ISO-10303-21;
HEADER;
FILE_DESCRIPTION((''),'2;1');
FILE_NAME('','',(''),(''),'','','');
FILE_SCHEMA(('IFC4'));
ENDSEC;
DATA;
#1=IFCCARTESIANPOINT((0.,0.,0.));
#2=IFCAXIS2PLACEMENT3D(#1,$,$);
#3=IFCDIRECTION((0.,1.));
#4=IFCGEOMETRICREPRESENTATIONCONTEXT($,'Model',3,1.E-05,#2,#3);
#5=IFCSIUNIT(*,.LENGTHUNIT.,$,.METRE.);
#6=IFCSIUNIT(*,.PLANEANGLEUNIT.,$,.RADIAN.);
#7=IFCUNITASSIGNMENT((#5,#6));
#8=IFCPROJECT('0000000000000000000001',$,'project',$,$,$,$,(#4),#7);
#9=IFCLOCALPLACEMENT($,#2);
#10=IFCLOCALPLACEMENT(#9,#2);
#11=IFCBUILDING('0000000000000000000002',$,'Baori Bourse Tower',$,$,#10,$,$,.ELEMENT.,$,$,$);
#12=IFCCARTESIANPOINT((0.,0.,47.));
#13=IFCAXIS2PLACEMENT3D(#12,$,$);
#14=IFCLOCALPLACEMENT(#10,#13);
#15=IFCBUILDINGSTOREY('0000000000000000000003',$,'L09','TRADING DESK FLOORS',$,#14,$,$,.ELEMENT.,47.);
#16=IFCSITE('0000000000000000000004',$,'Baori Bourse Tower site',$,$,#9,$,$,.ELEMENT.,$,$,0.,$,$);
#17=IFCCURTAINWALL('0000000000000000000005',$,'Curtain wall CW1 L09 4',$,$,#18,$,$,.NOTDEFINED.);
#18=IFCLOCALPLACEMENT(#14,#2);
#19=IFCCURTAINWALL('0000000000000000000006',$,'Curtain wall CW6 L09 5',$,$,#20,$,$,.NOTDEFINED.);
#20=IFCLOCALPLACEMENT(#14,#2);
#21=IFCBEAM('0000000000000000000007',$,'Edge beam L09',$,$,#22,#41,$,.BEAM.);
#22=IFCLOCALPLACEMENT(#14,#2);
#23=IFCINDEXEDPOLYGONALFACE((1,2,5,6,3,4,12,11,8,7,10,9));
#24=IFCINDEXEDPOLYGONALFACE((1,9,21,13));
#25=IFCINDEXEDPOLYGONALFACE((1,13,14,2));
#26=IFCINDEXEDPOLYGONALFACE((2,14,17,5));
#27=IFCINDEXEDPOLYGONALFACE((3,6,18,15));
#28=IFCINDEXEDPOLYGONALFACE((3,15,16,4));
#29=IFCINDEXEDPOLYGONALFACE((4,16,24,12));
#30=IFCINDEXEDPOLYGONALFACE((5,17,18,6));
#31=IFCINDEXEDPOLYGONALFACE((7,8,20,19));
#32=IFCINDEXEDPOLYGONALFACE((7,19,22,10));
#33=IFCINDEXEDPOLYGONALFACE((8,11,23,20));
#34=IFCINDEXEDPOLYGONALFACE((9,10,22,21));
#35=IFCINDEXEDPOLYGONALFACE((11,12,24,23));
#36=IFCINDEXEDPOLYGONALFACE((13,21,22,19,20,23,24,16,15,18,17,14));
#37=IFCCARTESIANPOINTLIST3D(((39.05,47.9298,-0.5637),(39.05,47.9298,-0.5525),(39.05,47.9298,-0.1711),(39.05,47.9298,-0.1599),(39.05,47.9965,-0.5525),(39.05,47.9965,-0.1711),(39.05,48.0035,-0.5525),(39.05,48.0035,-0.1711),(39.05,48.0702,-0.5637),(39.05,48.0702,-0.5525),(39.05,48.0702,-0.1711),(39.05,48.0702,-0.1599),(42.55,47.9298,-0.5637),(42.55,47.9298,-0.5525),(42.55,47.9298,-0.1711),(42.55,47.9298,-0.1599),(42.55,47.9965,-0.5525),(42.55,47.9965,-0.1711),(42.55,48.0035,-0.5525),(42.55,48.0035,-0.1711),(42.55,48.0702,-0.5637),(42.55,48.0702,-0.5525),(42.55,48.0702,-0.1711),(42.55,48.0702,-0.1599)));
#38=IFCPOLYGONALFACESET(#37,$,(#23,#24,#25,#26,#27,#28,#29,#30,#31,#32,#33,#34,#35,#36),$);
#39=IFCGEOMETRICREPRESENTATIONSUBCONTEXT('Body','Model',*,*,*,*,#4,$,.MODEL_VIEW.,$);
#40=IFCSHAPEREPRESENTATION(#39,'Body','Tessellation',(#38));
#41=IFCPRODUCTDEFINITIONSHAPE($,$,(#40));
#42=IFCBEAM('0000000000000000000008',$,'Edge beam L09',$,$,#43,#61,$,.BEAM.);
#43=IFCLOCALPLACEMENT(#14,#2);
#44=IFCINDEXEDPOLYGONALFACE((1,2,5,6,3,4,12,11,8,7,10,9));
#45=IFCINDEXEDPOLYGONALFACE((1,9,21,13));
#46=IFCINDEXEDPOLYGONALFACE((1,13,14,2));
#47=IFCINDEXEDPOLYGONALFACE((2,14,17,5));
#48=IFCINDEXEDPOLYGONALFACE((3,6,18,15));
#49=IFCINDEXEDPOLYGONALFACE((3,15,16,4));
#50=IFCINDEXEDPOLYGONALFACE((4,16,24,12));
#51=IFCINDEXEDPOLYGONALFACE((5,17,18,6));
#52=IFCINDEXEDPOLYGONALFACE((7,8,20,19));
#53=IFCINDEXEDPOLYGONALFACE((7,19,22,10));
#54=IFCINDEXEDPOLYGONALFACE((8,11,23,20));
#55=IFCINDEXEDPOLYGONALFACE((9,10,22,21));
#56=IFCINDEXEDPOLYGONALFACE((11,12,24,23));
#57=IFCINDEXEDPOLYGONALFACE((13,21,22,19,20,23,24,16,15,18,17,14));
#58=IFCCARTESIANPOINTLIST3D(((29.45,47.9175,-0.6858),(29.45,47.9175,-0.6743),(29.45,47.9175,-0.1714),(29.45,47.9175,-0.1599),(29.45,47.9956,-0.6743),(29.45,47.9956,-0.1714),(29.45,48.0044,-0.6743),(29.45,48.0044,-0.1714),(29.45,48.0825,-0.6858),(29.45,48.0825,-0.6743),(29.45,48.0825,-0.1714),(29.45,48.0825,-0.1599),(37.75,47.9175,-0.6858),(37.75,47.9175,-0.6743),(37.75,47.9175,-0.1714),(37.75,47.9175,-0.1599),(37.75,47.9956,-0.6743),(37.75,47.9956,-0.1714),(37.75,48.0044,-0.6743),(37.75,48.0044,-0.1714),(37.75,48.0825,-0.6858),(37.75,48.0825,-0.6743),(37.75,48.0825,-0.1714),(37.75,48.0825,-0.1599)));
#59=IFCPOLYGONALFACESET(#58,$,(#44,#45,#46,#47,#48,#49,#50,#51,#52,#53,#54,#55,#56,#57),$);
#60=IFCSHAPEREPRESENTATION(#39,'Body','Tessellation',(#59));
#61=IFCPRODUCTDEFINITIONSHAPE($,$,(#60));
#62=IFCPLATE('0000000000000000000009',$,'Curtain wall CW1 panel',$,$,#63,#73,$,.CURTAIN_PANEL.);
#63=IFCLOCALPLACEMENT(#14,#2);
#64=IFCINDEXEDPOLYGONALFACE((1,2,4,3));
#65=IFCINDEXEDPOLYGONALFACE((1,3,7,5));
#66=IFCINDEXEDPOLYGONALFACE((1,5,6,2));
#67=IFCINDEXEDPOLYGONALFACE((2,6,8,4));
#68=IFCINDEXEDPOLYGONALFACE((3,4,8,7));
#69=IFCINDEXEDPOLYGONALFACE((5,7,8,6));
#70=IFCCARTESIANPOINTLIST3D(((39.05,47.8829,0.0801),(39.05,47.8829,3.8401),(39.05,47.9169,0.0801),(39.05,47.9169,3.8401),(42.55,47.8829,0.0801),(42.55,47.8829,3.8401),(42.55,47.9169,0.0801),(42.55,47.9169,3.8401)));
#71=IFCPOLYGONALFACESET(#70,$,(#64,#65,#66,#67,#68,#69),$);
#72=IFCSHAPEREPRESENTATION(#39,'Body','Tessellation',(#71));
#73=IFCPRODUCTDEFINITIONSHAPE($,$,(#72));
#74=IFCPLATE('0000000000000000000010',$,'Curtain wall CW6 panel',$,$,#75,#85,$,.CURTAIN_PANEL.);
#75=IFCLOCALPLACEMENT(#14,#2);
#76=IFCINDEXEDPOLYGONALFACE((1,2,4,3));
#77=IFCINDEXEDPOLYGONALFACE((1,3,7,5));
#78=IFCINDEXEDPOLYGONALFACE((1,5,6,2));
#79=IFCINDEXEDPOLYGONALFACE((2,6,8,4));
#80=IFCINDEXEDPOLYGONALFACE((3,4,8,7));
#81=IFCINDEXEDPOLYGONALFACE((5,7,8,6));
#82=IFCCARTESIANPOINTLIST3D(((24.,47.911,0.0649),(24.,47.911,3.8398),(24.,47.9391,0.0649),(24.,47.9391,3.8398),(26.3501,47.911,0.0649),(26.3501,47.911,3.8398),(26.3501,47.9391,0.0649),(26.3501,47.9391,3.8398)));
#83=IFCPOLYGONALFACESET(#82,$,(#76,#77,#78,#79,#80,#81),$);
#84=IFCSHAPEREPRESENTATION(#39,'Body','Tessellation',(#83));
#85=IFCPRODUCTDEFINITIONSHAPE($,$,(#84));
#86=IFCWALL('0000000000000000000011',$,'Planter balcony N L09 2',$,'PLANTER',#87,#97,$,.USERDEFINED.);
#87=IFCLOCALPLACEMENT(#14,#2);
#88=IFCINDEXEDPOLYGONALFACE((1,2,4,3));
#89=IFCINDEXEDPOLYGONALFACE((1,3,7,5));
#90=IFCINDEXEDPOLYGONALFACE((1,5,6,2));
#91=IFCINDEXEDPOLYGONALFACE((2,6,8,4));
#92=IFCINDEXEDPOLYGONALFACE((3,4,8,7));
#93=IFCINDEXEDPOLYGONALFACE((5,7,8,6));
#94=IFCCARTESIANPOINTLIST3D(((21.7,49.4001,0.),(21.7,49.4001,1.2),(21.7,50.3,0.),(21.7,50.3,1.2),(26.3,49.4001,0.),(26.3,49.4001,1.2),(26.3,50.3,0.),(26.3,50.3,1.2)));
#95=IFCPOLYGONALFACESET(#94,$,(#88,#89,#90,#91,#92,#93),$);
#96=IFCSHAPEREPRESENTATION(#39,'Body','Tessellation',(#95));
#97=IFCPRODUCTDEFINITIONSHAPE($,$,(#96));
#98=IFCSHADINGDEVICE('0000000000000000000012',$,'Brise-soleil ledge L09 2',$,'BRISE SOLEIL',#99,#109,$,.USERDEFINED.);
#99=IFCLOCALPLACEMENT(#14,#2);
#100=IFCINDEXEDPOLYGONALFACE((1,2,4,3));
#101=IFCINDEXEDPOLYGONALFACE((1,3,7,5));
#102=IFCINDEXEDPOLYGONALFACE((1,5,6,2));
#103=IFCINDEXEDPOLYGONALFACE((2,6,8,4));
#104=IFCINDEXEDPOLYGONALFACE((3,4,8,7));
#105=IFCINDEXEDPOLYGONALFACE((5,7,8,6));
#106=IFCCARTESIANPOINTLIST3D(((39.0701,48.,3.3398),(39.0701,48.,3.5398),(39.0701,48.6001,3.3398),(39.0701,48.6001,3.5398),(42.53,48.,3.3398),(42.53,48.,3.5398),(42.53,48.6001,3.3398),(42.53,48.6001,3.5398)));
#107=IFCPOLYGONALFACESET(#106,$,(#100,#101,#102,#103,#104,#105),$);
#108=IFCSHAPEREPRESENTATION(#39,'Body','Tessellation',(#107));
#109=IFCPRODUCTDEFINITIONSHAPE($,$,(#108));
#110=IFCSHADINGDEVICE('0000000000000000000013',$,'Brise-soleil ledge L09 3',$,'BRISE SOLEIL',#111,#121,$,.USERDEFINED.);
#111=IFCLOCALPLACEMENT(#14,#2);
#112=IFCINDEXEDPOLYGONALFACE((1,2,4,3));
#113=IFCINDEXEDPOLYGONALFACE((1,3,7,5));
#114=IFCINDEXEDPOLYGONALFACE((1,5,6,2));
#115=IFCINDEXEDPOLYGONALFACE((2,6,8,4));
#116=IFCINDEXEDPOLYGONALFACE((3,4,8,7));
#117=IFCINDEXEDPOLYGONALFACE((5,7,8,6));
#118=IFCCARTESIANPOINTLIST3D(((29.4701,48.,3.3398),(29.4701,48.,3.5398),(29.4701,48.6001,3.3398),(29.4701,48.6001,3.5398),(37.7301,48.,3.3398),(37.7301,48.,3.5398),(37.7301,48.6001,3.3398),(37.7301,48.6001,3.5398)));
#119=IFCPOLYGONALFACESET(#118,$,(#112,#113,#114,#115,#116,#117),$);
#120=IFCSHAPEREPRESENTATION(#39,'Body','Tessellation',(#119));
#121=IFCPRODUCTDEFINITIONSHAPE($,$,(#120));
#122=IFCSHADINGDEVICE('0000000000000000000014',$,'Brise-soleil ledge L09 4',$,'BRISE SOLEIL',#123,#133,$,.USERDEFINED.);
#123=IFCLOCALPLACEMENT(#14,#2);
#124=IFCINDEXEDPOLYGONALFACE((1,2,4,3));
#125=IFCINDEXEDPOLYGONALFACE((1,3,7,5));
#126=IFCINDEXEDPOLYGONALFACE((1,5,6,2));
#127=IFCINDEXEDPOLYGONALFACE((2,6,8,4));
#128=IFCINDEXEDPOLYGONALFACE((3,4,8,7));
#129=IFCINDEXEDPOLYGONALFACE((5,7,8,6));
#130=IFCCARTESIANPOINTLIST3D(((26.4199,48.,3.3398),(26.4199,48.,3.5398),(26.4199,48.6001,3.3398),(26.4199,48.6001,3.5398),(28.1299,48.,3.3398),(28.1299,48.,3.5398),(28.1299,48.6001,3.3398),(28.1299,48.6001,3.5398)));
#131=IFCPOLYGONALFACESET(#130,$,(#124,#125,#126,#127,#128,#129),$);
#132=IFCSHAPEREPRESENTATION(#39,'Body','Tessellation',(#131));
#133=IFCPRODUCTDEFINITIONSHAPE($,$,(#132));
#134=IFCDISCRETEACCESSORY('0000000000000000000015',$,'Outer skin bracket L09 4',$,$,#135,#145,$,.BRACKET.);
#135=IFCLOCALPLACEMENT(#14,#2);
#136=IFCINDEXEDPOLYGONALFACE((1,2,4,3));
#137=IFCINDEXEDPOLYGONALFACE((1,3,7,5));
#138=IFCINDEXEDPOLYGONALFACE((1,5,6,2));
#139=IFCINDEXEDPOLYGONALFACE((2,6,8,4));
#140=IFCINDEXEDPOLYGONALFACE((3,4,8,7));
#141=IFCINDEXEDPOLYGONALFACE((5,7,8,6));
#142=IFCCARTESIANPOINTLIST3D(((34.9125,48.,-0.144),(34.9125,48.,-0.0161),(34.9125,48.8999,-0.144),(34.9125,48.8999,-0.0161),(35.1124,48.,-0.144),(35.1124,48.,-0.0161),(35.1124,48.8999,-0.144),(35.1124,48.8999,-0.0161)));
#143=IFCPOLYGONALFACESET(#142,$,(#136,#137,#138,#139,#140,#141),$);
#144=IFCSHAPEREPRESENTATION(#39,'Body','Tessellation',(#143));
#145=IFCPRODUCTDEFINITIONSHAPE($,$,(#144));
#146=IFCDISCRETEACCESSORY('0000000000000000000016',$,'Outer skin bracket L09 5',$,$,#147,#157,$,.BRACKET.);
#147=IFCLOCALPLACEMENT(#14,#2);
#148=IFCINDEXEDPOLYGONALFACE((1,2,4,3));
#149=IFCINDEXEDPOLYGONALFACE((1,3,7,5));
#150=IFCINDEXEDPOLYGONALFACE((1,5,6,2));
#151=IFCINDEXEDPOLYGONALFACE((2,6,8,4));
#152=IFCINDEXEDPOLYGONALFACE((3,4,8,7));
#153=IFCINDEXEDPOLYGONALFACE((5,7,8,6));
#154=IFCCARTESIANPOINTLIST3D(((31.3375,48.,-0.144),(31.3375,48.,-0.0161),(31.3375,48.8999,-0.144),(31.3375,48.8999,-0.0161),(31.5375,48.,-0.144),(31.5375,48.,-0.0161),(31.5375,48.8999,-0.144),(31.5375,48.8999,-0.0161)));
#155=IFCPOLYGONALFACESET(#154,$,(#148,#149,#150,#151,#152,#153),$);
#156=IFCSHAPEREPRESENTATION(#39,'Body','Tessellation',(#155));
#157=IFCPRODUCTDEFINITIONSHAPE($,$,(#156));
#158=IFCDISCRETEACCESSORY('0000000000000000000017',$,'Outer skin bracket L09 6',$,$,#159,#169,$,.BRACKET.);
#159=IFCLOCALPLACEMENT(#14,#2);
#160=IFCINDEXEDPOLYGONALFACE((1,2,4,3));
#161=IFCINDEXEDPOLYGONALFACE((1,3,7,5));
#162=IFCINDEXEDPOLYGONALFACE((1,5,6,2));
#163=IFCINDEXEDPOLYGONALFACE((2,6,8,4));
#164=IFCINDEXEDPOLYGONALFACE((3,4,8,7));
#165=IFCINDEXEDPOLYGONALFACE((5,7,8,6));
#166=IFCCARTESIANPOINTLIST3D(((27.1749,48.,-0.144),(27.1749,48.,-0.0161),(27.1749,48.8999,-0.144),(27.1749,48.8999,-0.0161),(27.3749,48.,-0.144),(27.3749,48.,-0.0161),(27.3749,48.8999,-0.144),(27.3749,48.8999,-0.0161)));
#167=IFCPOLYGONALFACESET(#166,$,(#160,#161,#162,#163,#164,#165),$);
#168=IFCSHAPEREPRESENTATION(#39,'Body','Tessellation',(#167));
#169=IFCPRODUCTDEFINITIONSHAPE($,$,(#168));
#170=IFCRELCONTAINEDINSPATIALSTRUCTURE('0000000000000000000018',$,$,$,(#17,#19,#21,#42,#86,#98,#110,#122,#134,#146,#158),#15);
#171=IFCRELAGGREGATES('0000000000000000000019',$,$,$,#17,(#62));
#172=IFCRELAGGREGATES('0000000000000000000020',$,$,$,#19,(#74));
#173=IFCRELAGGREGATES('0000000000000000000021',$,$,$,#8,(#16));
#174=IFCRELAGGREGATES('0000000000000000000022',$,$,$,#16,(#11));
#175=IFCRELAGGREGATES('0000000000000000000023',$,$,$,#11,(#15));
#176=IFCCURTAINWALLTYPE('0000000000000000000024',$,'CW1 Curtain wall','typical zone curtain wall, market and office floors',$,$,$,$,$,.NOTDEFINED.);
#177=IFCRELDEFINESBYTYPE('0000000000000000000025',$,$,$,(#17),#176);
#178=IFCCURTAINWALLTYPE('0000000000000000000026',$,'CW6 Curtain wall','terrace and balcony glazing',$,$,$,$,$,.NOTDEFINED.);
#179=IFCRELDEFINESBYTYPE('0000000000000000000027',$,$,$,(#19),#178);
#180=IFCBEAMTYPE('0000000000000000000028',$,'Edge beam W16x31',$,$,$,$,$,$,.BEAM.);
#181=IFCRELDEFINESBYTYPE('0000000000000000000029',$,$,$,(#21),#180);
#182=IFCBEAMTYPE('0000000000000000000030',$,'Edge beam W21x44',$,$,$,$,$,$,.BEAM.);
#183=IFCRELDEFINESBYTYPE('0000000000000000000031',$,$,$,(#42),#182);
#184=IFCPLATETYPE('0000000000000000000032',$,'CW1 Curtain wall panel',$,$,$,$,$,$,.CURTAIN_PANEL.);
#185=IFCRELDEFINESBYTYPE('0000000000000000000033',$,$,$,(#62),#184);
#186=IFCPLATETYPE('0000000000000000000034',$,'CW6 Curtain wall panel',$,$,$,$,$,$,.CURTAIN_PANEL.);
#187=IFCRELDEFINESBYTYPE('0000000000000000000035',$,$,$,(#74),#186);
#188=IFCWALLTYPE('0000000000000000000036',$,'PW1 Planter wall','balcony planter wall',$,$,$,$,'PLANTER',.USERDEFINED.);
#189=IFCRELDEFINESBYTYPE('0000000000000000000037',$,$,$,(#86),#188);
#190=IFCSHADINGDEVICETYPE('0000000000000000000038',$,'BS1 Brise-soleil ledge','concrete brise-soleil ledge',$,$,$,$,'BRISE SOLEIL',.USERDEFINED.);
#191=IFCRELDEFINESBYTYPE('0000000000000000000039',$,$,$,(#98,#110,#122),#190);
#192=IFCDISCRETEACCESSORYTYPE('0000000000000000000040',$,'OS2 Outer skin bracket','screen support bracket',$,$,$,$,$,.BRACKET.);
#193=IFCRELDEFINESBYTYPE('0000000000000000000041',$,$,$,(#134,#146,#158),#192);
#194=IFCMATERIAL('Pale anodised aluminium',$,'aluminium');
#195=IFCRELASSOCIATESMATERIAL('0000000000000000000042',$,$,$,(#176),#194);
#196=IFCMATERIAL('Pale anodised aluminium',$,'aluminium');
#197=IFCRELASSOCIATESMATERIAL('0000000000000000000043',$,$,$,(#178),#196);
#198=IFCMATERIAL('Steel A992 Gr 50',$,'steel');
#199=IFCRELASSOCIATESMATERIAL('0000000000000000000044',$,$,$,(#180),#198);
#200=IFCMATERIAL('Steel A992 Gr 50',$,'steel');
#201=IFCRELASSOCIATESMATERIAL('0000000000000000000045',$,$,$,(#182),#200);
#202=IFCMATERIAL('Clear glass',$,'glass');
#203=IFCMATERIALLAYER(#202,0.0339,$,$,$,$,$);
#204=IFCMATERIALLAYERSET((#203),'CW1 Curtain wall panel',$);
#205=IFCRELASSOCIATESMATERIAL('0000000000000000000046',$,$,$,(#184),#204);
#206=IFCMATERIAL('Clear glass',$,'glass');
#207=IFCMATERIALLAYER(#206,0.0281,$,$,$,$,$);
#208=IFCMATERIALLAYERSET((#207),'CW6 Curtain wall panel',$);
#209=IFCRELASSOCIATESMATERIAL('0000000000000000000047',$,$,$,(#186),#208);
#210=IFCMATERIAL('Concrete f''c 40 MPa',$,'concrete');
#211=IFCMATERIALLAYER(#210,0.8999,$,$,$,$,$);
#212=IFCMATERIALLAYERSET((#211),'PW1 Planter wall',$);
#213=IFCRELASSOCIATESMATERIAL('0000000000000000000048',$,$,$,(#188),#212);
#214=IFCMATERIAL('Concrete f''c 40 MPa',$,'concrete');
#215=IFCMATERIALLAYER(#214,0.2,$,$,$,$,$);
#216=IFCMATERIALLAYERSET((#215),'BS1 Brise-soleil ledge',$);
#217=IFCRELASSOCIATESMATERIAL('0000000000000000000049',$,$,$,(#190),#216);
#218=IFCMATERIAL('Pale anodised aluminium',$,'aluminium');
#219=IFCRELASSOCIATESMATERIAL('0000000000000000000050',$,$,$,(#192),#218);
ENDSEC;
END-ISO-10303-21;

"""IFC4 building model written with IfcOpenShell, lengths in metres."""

from ifc_helpers import new_model, si_unit, direction, frame, frame_2d, origin, origin_2d, place, context, subcontext, project, spatial, rectangle, i_section, extrude, material, layer, layer_set, material_profile, profile_set, type_object, element, aggregate, save


model = new_model("IFC4")

# Units and contexts
model_context = context("Model", 3, precision=1e-05, world=origin(), true_north=direction((0.0, 1.0)))
body_context = subcontext(model_context, "Body", "Model", "MODEL_VIEW")
ifc_project = project(units=[si_unit("LENGTHUNIT", "METRE"), si_unit("PLANEANGLEUNIT", "RADIAN")], contexts=[model_context])

# Site, building, storey
site_placement = place(None, origin())
site = spatial("IfcSite", under=ifc_project, at=site_placement, Name="Baori Bourse Tower site", CompositionType="ELEMENT", RefElevation=0.0)
building_placement = place(site_placement, origin())
building = spatial("IfcBuilding", under=site, at=building_placement, Name="Baori Bourse Tower", CompositionType="ELEMENT")
storey_placement = place(building_placement, frame((0.0, 0.0, 47.0)))
storey = spatial("IfcBuildingStorey", under=building, at=storey_placement, Name="L09", Description="TRADING DESK FLOORS", CompositionType="ELEMENT", Elevation=47.0)

# Curtain wall
ifc_material_1 = material(Name="Pale anodised aluminium", Category="aluminium")
curtain_wall_type_1 = type_object("IfcCurtainWallType", Name="CW1 Curtain wall", Description="typical zone curtain wall, market and office floors", PredefinedType="NOTDEFINED", material=ifc_material_1)
curtain_wall_1_placement = place(storey_placement, origin())
curtain_wall_1 = element("IfcCurtainWall", 1, at=curtain_wall_1_placement, inside=storey, type_object=curtain_wall_type_1, Name="Curtain wall CW1 L09 4", PredefinedType="NOTDEFINED")

# Curtain wall
ifc_material_2 = material(Name="Pale anodised aluminium", Category="aluminium")
curtain_wall_type_2 = type_object("IfcCurtainWallType", Name="CW6 Curtain wall", Description="terrace and balcony glazing", PredefinedType="NOTDEFINED", material=ifc_material_2)
curtain_wall_2_placement = place(storey_placement, origin())
curtain_wall_2 = element("IfcCurtainWall", 2, at=curtain_wall_2_placement, inside=storey, type_object=curtain_wall_type_2, Name="Curtain wall CW6 L09 5", PredefinedType="NOTDEFINED")

# Beams
ifc_material_3 = material(Name="Steel A992 Gr 50", Category="steel")
ifc_material_profile_1 = material_profile(ifc_material_3, i_section(OverallWidth=0.1404, OverallDepth=0.4038, WebThickness=0.0071, FlangeThickness=0.0112, at=origin_2d()), Name="W16x31")
ifc_profile_set_1 = profile_set([ifc_material_profile_1], Name="Steel A992 Gr 50")
beam_type_1 = type_object("IfcBeamType", Name="Edge beam W16x31", PredefinedType="BEAM", material=ifc_profile_set_1)
beam_1_placement = place(storey_placement, frame((39.05, 48.0, -0.3618), z_axis=(1.0, 0.0, 0.0), x_axis=(0.0, 1.0, 0.0)))
element("IfcBeam", 3, at=beam_1_placement, inside=storey, type_object=beam_type_1, Name="Edge beam L09", PredefinedType="BEAM", context=body_context, shape_type="SweptSolid", body=[
    extrude(i_section(OverallWidth=0.1404, OverallDepth=0.4038, WebThickness=0.0071, FlangeThickness=0.0112, at=origin_2d()), origin(), (0.0, 0.0, 1.0), 3.5),
])
ifc_material_4 = material(Name="Steel A992 Gr 50", Category="steel")
ifc_material_profile_2 = material_profile(ifc_material_4, i_section(OverallWidth=0.165, OverallDepth=0.5259, WebThickness=0.0088, FlangeThickness=0.0115, at=origin_2d()), Name="W21x44")
ifc_profile_set_2 = profile_set([ifc_material_profile_2], Name="Steel A992 Gr 50")
beam_type_2 = type_object("IfcBeamType", Name="Edge beam W21x44", PredefinedType="BEAM", material=ifc_profile_set_2)
beam_2_placement = place(storey_placement, frame((29.45, 48.0, -0.4229), z_axis=(1.0, 0.0, 0.0), x_axis=(0.0, 1.0, 0.0)))
element("IfcBeam", 4, at=beam_2_placement, inside=storey, type_object=beam_type_2, Name="Edge beam L09", PredefinedType="BEAM", context=body_context, shape_type="SweptSolid", body=[
    extrude(i_section(OverallWidth=0.165, OverallDepth=0.5259, WebThickness=0.0088, FlangeThickness=0.0115, at=origin_2d()), origin(), (0.0, 0.0, 1.0), 8.3),
])

# Plates
ifc_material_5 = material(Name="Clear glass", Category="glass")
ifc_layer_1 = layer(ifc_material_5, 0.0339)
ifc_layer_set_1 = layer_set([ifc_layer_1], Name="CW1 Curtain wall panel")
plate_type_1 = type_object("IfcPlateType", Name="CW1 Curtain wall panel", PredefinedType="CURTAIN_PANEL", material=ifc_layer_set_1)
plate_1_placement = place(storey_placement, frame((40.8, 47.8999, 0.0801), z_axis=(0.0, 0.0, 1.0), x_axis=(-1.0, 0.0, 0.0)))
plate_1 = element("IfcPlate", 5, at=plate_1_placement, type_object=plate_type_1, Name="Curtain wall CW1 panel", PredefinedType="CURTAIN_PANEL", context=body_context, shape_type="SweptSolid", body=[
    extrude(rectangle(XDim=3.5, YDim=0.0339, at=origin_2d()), origin(), (0.0, 0.0, 1.0), 3.76),
])
aggregate(curtain_wall_1, [plate_1])
ifc_material_6 = material(Name="Clear glass", Category="glass")
ifc_layer_2 = layer(ifc_material_6, 0.0281)
ifc_layer_set_2 = layer_set([ifc_layer_2], Name="CW6 Curtain wall panel")
plate_type_2 = type_object("IfcPlateType", Name="CW6 Curtain wall panel", PredefinedType="CURTAIN_PANEL", material=ifc_layer_set_2)
plate_2_placement = place(storey_placement, frame((25.175, 47.925, 0.0649), z_axis=(0.0, 0.0, 1.0), x_axis=(-1.0, 0.0, 0.0)))
plate_2 = element("IfcPlate", 6, at=plate_2_placement, type_object=plate_type_2, Name="Curtain wall CW6 panel", PredefinedType="CURTAIN_PANEL", context=body_context, shape_type="SweptSolid", body=[
    extrude(rectangle(XDim=2.3501, YDim=0.0281, at=origin_2d()), origin(), (0.0, 0.0, 1.0), 3.7749),
])
aggregate(curtain_wall_2, [plate_2])

# Wall
ifc_material_7 = material(Name="Concrete f'c 40 MPa", Category="concrete")
ifc_layer_3 = layer(ifc_material_7, 0.8999)
ifc_layer_set_3 = layer_set([ifc_layer_3], Name="PW1 Planter wall")
wall_type = type_object("IfcWallType", Name="PW1 Planter wall", Description="balcony planter wall", ElementType="PLANTER", PredefinedType="USERDEFINED", material=ifc_layer_set_3)
wall_placement = place(storey_placement, frame((21.7, 49.8501, 0.0), z_axis=(0.0, 0.0, 1.0), x_axis=(1.0, 0.0, 0.0)))
element("IfcWall", 7, at=wall_placement, inside=storey, type_object=wall_type, Name="Planter balcony N L09 2", ObjectType="PLANTER", PredefinedType="USERDEFINED", context=body_context, shape_type="SweptSolid", body=[
    extrude(rectangle(XDim=4.6001, YDim=0.8999, at=frame_2d((2.3, 0.0))), origin(), (0.0, 0.0, 1.0), 1.2),
])

# Shading devices
ifc_material_8 = material(Name="Concrete f'c 40 MPa", Category="concrete")
ifc_layer_4 = layer(ifc_material_8, 0.2)
ifc_layer_set_4 = layer_set([ifc_layer_4], Name="BS1 Brise-soleil ledge")
shading_device_type = type_object("IfcShadingDeviceType", Name="BS1 Brise-soleil ledge", Description="concrete brise-soleil ledge", ElementType="BRISE SOLEIL", PredefinedType="USERDEFINED", material=ifc_layer_set_4)
shading_device_1_placement = place(storey_placement, frame((40.8, 48.3, 3.3398), z_axis=(0.0, 0.0, 1.0), x_axis=(-1.0, 0.0, 0.0)))
element("IfcShadingDevice", 8, at=shading_device_1_placement, inside=storey, type_object=shading_device_type, Name="Brise-soleil ledge L09 2", ObjectType="BRISE SOLEIL", PredefinedType="USERDEFINED", context=body_context, shape_type="SweptSolid", body=[
    extrude(rectangle(XDim=3.46, YDim=0.6001, at=origin_2d()), origin(), (0.0, 0.0, 1.0), 0.2),
])
shading_device_2_placement = place(storey_placement, frame((33.6001, 48.3, 3.3398), z_axis=(0.0, 0.0, 1.0), x_axis=(-1.0, 0.0, 0.0)))
element("IfcShadingDevice", 9, at=shading_device_2_placement, inside=storey, type_object=shading_device_type, Name="Brise-soleil ledge L09 3", ObjectType="BRISE SOLEIL", PredefinedType="USERDEFINED", context=body_context, shape_type="SweptSolid", body=[
    extrude(rectangle(XDim=8.26, YDim=0.6001, at=origin_2d()), origin(), (0.0, 0.0, 1.0), 0.2),
])
shading_device_3_placement = place(storey_placement, frame((27.2749, 48.3, 3.3398), z_axis=(0.0, 0.0, 1.0), x_axis=(-1.0, 0.0, 0.0)))
element("IfcShadingDevice", 10, at=shading_device_3_placement, inside=storey, type_object=shading_device_type, Name="Brise-soleil ledge L09 4", ObjectType="BRISE SOLEIL", PredefinedType="USERDEFINED", context=body_context, shape_type="SweptSolid", body=[
    extrude(rectangle(XDim=1.71, YDim=0.6001, at=origin_2d()), origin(), (0.0, 0.0, 1.0), 0.2),
])

# Discrete accessories
ifc_material_9 = material(Name="Pale anodised aluminium", Category="aluminium")
discrete_accessory_type = type_object("IfcDiscreteAccessoryType", Name="OS2 Outer skin bracket", Description="screen support bracket", PredefinedType="BRACKET", material=ifc_material_9)
for number, where, z_axis, x_axis, name in (
    (11, (35.0125, 48.45, -0.144), (0.0, 0.0, 1.0), (-1.0, 0.0, 0.0), "Outer skin bracket L09 4"),
    (12, (31.4375, 48.45, -0.144), (0.0, 0.0, 1.0), (-1.0, 0.0, 0.0), "Outer skin bracket L09 5"),
    (13, (27.2749, 48.45, -0.144), (0.0, 0.0, 1.0), (-1.0, 0.0, 0.0), "Outer skin bracket L09 6"),
):
    element("IfcDiscreteAccessory", number, at=place(storey_placement, frame(where, z_axis=z_axis, x_axis=x_axis)), inside=storey, type_object=discrete_accessory_type, Name=name, PredefinedType="BRACKET", context=body_context, shape_type="SweptSolid", body=[
        extrude(rectangle(XDim=0.2, YDim=0.8999, at=origin_2d()), origin(), (0.0, 0.0, 1.0), 0.1279),
    ])

save(model, "model.ifc")
